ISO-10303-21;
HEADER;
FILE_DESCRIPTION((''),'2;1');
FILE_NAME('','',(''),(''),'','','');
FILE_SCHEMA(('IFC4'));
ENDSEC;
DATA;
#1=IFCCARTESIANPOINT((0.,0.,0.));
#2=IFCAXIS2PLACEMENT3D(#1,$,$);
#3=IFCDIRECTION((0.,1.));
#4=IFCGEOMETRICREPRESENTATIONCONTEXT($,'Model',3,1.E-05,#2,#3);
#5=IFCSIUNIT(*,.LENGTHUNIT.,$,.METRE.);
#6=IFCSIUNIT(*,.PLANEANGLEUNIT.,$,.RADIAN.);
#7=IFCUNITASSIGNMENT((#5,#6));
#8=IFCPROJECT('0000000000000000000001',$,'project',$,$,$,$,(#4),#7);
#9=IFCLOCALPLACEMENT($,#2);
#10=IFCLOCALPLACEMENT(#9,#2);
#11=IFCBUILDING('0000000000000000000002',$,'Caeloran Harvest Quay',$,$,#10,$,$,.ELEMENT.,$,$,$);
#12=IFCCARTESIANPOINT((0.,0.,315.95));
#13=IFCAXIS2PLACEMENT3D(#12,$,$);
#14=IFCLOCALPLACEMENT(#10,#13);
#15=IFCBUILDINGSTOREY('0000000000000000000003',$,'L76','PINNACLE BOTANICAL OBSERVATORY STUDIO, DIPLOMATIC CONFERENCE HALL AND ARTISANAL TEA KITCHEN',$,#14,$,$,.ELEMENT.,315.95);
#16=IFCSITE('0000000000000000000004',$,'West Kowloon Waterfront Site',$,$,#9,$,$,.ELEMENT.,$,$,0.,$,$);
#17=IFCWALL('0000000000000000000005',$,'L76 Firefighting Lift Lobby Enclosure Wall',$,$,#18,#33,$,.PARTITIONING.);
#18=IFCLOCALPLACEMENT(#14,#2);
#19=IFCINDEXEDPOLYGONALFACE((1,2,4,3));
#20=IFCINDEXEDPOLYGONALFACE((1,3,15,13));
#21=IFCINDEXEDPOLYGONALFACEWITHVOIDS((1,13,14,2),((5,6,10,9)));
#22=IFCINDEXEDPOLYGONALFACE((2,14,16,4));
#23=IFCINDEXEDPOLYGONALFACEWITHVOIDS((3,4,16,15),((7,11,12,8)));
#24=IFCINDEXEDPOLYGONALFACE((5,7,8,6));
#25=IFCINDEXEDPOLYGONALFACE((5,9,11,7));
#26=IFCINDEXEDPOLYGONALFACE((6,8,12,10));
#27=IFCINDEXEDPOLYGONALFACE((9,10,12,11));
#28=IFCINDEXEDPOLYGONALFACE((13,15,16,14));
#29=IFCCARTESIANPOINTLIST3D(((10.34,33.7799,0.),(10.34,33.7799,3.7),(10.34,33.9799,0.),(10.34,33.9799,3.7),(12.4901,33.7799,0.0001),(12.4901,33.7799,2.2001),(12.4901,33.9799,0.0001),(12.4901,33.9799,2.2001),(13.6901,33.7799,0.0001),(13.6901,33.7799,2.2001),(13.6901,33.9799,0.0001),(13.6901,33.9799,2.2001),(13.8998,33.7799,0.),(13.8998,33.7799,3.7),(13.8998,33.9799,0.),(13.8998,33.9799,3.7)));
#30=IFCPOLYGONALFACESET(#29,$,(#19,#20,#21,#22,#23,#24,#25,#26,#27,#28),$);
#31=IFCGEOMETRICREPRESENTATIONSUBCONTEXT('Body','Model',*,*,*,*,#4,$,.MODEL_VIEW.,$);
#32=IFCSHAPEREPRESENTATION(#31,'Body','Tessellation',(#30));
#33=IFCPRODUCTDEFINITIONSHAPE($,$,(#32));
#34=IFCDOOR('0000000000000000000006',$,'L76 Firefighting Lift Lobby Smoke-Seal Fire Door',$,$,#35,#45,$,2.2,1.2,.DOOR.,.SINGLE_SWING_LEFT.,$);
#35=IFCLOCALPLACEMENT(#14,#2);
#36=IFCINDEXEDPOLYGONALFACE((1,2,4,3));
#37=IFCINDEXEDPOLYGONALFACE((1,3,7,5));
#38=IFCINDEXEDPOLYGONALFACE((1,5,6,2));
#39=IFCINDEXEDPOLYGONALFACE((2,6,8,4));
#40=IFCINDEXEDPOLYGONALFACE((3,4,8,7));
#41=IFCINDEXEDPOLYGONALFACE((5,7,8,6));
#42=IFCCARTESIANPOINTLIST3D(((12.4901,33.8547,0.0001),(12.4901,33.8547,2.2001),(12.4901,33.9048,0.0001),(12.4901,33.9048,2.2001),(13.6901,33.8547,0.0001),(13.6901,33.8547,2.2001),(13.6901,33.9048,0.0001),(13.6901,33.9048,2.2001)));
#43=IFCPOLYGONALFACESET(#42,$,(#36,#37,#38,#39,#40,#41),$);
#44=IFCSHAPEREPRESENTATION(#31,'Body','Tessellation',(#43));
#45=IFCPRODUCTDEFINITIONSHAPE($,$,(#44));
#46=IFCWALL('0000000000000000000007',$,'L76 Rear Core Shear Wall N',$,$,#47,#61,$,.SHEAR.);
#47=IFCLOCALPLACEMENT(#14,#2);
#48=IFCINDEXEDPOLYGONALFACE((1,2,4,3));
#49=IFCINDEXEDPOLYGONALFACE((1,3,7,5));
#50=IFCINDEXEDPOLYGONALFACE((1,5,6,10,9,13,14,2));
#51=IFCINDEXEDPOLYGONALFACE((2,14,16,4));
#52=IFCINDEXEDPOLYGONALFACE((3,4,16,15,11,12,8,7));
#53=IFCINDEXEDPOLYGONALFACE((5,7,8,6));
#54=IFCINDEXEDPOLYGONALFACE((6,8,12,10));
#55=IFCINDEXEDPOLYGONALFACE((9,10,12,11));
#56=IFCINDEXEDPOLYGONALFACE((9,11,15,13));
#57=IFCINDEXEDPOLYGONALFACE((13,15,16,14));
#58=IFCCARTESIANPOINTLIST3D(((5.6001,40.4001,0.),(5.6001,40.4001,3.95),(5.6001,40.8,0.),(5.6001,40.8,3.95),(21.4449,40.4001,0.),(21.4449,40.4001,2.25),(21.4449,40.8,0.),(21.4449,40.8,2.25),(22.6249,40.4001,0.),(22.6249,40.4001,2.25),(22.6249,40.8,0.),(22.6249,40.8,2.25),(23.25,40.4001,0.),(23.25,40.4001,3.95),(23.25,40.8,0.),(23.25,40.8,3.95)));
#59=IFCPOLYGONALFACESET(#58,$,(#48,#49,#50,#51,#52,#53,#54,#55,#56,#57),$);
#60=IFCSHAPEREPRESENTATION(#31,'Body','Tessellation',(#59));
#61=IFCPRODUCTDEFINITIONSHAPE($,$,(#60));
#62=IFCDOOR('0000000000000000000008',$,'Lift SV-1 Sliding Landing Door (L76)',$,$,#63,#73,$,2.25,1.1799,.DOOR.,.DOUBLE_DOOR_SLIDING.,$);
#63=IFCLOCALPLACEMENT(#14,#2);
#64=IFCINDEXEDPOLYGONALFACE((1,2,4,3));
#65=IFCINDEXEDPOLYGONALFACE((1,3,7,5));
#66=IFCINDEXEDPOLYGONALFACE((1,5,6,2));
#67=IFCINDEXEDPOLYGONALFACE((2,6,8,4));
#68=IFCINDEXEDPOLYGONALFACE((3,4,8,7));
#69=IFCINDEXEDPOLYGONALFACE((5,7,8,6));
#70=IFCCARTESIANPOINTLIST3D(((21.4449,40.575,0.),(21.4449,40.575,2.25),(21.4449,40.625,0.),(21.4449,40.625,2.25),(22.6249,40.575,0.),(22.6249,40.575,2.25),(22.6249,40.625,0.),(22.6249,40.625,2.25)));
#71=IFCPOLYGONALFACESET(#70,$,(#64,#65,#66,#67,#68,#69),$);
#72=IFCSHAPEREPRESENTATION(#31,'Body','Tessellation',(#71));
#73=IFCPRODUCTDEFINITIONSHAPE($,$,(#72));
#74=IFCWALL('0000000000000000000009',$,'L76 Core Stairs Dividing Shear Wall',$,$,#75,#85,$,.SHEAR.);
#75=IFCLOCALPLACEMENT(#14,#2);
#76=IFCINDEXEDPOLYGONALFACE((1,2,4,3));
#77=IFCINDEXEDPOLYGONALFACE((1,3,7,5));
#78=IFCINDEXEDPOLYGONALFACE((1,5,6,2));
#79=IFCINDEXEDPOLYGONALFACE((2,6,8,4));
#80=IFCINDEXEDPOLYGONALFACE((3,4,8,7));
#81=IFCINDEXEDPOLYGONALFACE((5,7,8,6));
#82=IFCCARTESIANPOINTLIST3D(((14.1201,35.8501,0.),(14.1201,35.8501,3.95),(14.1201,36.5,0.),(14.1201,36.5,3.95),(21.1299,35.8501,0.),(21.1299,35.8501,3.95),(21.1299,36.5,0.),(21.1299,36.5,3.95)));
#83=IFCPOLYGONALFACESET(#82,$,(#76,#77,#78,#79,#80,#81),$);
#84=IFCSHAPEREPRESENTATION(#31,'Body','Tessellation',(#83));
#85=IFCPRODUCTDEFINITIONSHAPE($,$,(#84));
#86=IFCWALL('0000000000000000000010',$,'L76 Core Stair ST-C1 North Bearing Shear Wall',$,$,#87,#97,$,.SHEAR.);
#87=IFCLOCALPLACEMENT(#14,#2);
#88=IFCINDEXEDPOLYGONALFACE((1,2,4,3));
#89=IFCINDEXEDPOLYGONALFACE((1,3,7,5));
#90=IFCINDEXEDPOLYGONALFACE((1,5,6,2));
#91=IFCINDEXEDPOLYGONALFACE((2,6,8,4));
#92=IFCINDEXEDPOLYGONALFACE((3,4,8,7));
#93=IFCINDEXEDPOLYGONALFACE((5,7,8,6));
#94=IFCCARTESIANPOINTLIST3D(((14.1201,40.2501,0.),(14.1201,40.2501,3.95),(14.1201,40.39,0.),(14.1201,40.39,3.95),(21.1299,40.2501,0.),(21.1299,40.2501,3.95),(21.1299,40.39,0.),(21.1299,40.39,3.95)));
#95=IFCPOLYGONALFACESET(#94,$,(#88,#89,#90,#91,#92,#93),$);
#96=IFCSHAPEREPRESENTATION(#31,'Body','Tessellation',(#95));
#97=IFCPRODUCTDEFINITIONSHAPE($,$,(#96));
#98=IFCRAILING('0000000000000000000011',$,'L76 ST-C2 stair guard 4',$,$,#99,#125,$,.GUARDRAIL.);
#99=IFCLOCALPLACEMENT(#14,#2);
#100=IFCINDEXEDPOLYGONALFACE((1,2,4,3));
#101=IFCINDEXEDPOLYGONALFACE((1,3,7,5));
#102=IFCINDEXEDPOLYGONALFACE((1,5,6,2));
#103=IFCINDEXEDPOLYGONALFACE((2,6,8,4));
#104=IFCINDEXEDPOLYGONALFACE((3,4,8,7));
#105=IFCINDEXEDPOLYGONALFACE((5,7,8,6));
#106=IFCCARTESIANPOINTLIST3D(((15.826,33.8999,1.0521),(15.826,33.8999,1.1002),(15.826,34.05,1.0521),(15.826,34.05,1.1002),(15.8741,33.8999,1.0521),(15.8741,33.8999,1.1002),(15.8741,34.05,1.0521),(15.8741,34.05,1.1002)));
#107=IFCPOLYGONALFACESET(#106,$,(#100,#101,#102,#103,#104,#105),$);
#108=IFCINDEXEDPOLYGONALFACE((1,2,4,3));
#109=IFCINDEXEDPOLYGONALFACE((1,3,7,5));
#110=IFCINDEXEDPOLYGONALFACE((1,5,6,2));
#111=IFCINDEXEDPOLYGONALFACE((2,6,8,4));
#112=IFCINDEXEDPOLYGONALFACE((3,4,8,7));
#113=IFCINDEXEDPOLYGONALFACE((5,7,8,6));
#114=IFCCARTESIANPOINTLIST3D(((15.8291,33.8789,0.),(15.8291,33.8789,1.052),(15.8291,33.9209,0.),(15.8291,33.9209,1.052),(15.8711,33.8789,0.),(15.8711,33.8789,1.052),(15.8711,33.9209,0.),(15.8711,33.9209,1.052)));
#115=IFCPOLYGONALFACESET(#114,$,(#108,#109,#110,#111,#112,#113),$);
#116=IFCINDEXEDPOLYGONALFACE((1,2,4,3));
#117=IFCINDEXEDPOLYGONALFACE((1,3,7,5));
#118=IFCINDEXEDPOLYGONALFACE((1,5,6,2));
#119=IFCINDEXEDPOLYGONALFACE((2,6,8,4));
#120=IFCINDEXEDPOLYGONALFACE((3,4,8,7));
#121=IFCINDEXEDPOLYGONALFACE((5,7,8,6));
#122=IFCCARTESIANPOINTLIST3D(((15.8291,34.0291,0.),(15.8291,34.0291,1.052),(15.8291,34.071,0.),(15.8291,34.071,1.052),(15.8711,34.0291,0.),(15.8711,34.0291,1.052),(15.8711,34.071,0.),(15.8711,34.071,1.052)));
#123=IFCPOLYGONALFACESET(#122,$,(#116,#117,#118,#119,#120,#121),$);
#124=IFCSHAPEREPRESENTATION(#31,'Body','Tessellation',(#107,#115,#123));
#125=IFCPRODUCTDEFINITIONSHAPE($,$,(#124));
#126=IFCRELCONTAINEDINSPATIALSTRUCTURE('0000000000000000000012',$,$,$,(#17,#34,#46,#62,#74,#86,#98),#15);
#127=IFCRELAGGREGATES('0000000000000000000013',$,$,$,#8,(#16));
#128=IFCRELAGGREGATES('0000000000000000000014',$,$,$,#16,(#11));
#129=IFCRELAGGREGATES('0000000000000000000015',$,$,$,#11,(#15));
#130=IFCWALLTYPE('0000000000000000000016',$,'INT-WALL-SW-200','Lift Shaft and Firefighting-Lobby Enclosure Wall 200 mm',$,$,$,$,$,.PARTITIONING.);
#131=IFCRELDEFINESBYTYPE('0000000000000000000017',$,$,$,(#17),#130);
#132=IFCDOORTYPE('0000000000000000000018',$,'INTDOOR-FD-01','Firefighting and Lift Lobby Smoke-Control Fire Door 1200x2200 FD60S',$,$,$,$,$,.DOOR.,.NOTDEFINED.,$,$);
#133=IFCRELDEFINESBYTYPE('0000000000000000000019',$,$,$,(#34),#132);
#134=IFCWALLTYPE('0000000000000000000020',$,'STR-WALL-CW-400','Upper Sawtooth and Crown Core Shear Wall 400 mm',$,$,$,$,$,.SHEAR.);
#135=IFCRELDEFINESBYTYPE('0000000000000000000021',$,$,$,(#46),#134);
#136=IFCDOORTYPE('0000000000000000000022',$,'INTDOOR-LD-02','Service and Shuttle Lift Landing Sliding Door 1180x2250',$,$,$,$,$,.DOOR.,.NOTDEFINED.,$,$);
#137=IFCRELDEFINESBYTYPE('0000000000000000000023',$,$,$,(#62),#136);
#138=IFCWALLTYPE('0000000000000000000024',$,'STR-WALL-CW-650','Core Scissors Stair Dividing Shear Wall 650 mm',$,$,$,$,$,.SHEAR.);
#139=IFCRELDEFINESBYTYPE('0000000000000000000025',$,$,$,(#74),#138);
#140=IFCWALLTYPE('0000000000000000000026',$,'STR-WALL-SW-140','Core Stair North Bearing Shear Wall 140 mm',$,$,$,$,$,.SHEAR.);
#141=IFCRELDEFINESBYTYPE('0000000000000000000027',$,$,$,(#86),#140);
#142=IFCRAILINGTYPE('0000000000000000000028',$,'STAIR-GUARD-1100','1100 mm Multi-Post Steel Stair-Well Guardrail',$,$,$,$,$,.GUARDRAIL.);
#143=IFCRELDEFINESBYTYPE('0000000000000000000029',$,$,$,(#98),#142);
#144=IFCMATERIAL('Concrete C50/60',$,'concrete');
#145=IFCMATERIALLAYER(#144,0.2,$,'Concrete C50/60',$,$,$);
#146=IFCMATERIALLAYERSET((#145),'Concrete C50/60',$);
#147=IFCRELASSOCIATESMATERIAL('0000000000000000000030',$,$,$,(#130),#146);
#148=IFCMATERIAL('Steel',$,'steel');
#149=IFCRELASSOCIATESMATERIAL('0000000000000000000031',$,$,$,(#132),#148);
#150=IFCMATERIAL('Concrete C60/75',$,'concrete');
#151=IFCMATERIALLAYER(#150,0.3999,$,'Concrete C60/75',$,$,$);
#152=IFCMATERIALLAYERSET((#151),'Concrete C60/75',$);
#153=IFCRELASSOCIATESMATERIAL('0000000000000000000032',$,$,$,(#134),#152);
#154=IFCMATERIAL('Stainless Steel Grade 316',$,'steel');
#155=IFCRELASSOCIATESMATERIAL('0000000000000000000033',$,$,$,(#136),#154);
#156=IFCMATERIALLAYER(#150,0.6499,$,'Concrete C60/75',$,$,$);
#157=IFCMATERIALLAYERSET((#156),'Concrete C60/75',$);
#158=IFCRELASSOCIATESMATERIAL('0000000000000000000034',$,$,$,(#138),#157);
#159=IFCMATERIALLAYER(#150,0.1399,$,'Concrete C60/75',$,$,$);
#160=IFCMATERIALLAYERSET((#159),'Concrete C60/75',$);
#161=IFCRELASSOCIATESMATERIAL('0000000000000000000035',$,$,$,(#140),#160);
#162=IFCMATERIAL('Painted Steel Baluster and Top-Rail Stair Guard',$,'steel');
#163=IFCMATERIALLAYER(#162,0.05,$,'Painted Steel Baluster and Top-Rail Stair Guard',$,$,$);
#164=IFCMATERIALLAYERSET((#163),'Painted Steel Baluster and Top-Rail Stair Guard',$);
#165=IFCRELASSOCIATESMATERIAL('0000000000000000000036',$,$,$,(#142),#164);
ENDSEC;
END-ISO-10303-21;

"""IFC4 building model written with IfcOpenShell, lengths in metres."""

from ifc_helpers import new_model, si_unit, direction, frame, frame_2d, origin, origin_2d, place, context, subcontext, project, spatial, rectangle, extrude, material, layer, layer_set, type_object, element, fill, save


model = new_model("IFC4")

# Units and contexts
model_context = context("Model", 3, precision=1e-05, world=origin(), true_north=direction((0.0, 1.0)))
body_context = subcontext(model_context, "Body", "Model", "MODEL_VIEW")
ifc_project = project(units=[si_unit("LENGTHUNIT", "METRE"), si_unit("PLANEANGLEUNIT", "RADIAN")], contexts=[model_context])

# Site, building, storey
site_placement = place(None, origin())
site = spatial("IfcSite", under=ifc_project, at=site_placement, Name="West Kowloon Waterfront Site", CompositionType="ELEMENT", RefElevation=0.0)
building_placement = place(site_placement, origin())
building = spatial("IfcBuilding", under=site, at=building_placement, Name="Caeloran Harvest Quay", CompositionType="ELEMENT")
storey_placement = place(building_placement, frame((0.0, 0.0, 315.95)))
storey = spatial("IfcBuildingStorey", under=building, at=storey_placement, Name="L76", Description="PINNACLE BOTANICAL OBSERVATORY STUDIO, DIPLOMATIC CONFERENCE HALL AND ARTISANAL TEA KITCHEN", CompositionType="ELEMENT", Elevation=315.95)

# Shared definitions
ifc_material_1 = material(Name="Concrete C50/60", Category="concrete")
ifc_layer_1 = layer(ifc_material_1, 0.2, Name="Concrete C50/60")
ifc_layer_set_1 = layer_set([ifc_layer_1], Name="Concrete C50/60")
wall_type_1 = type_object("IfcWallType", Name="INT-WALL-SW-200", Description="Lift Shaft and Firefighting-Lobby Enclosure Wall 200 mm", PredefinedType="PARTITIONING", material=ifc_layer_set_1)

# Shared definitions
ifc_material_2 = material(Name="Stainless Steel Grade 316", Category="steel")

# Walls, openings, doors
wall_1_placement = place(storey_placement, frame((10.3401, 33.8799, 0.0), z_axis=(0.0, 0.0, 1.0), x_axis=(1.0, 0.0, 0.0)))
wall_1 = element("IfcWall", 1, at=wall_1_placement, inside=storey, type_object=wall_type_1, Name="L76 Firefighting Lift Lobby Enclosure Wall", PredefinedType="PARTITIONING", context=body_context, shape_type="SweptSolid", body=[
    extrude(rectangle(XDim=3.5598, YDim=0.2, at=frame_2d((1.7798, 0.0))), origin(), (0.0, 0.0, 1.0), 3.7),
])
opening_1_placement = place(wall_1_placement, frame((2.1499, 0.0, 0.0)))
opening_1 = element("IfcOpeningElement", 2, at=opening_1_placement, cuts=wall_1, PredefinedType="OPENING", context=body_context, shape_type="SweptSolid", body=[
    extrude(rectangle(XDim=1.2, YDim=2.2, at=frame_2d((0.6001, 1.1001))), frame((0.0, 0.1099, 0.0), z_axis=(0.0, -1.0, 0.0), x_axis=(1.0, 0.0, 0.0)), (0.0, 0.0, 1.0), 0.22),
])
ifc_material_3 = material(Name="Steel", Category="steel")
door_type_1 = type_object("IfcDoorType", Name="INTDOOR-FD-01", Description="Firefighting and Lift Lobby Smoke-Control Fire Door 1200x2200 FD60S", OperationType="NOTDEFINED", PredefinedType="DOOR", material=ifc_material_3)
door_1_placement = place(opening_1_placement, origin())
door_1 = element("IfcDoor", 3, at=door_1_placement, inside=storey, type_object=door_type_1, Name="L76 Firefighting Lift Lobby Smoke-Seal Fire Door", OperationType="SINGLE_SWING_LEFT", OverallHeight=2.2, OverallWidth=1.2, PredefinedType="DOOR", context=body_context, shape_type="SweptSolid", body=[
    extrude(rectangle(XDim=1.2, YDim=2.2, at=frame_2d((0.6001, 1.1001))), frame((0.0, 0.0249, 0.0), z_axis=(0.0, -1.0, 0.0), x_axis=(1.0, 0.0, 0.0)), (0.0, 0.0, 1.0), 0.05),
])
fill(opening_1, door_1)
ifc_material_4 = material(Name="Concrete C60/75", Category="concrete")
ifc_layer_2 = layer(ifc_material_4, 0.3999, Name="Concrete C60/75")
ifc_layer_set_2 = layer_set([ifc_layer_2], Name="Concrete C60/75")
wall_type_2 = type_object("IfcWallType", Name="STR-WALL-CW-400", Description="Upper Sawtooth and Crown Core Shear Wall 400 mm", PredefinedType="SHEAR", material=ifc_layer_set_2)
wall_2_placement = place(storey_placement, frame((5.6001, 40.6001, 0.0), z_axis=(0.0, 0.0, 1.0), x_axis=(1.0, 0.0, 0.0)))
wall_2 = element("IfcWall", 4, at=wall_2_placement, inside=storey, type_object=wall_type_2, Name="L76 Rear Core Shear Wall N", PredefinedType="SHEAR", context=body_context, shape_type="SweptSolid", body=[
    extrude(rectangle(XDim=17.6499, YDim=0.3999, at=frame_2d((8.825, 0.0))), origin(), (0.0, 0.0, 1.0), 3.95),
])
opening_2_placement = place(wall_2_placement, frame((15.845, 0.0, 0.0)))
opening_2 = element("IfcOpeningElement", 5, at=opening_2_placement, cuts=wall_2, PredefinedType="OPENING", context=body_context, shape_type="SweptSolid", body=[
    extrude(rectangle(XDim=1.1799, YDim=2.25, at=frame_2d((0.5898, 1.125))), frame((0.0, 0.21, 0.0), z_axis=(0.0, -1.0, 0.0), x_axis=(1.0, 0.0, 0.0)), (0.0, 0.0, 1.0), 0.4199),
])
door_type_2 = type_object("IfcDoorType", Name="INTDOOR-LD-02", Description="Service and Shuttle Lift Landing Sliding Door 1180x2250", OperationType="NOTDEFINED", PredefinedType="DOOR", material=ifc_material_2)
door_2_placement = place(opening_2_placement, origin())
door_2 = element("IfcDoor", 6, at=door_2_placement, inside=storey, type_object=door_type_2, Name="Lift SV-1 Sliding Landing Door (L76)", OperationType="DOUBLE_DOOR_SLIDING", OverallHeight=2.25, OverallWidth=1.1799, PredefinedType="DOOR", context=body_context, shape_type="SweptSolid", body=[
    extrude(rectangle(XDim=1.1799, YDim=2.25, at=frame_2d((0.5898, 1.125))), frame((0.0, 0.0249, 0.0), z_axis=(0.0, -1.0, 0.0), x_axis=(1.0, 0.0, 0.0)), (0.0, 0.0, 1.0), 0.05),
])
fill(opening_2, door_2)

# Walls
ifc_layer_3 = layer(ifc_material_4, 0.6499, Name="Concrete C60/75")
ifc_layer_set_3 = layer_set([ifc_layer_3], Name="Concrete C60/75")
wall_type_3 = type_object("IfcWallType", Name="STR-WALL-CW-650", Description="Core Scissors Stair Dividing Shear Wall 650 mm", PredefinedType="SHEAR", material=ifc_layer_set_3)
wall_3_placement = place(storey_placement, frame((14.1201, 36.175, 0.0), z_axis=(0.0, 0.0, 1.0), x_axis=(1.0, 0.0, 0.0)))
element("IfcWall", 7, at=wall_3_placement, inside=storey, type_object=wall_type_3, Name="L76 Core Stairs Dividing Shear Wall", PredefinedType="SHEAR", context=body_context, shape_type="SweptSolid", body=[
    extrude(rectangle(XDim=7.0098, YDim=0.6499, at=frame_2d((3.5049, 0.0))), origin(), (0.0, 0.0, 1.0), 3.95),
])
ifc_layer_4 = layer(ifc_material_4, 0.1399, Name="Concrete C60/75")
ifc_layer_set_4 = layer_set([ifc_layer_4], Name="Concrete C60/75")
wall_type_4 = type_object("IfcWallType", Name="STR-WALL-SW-140", Description="Core Stair North Bearing Shear Wall 140 mm", PredefinedType="SHEAR", material=ifc_layer_set_4)
wall_4_placement = place(storey_placement, frame((14.1201, 40.3201, 0.0), z_axis=(0.0, 0.0, 1.0), x_axis=(1.0, 0.0, 0.0)))
element("IfcWall", 8, at=wall_4_placement, inside=storey, type_object=wall_type_4, Name="L76 Core Stair ST-C1 North Bearing Shear Wall", PredefinedType="SHEAR", context=body_context, shape_type="SweptSolid", body=[
    extrude(rectangle(XDim=7.0098, YDim=0.1399, at=frame_2d((3.5049, 0.0))), origin(), (0.0, 0.0, 1.0), 3.95),
])

# Railing
ifc_material_5 = material(Name="Painted Steel Baluster and Top-Rail Stair Guard", Category="steel")
ifc_layer_5 = layer(ifc_material_5, 0.05, Name="Painted Steel Baluster and Top-Rail Stair Guard")
ifc_layer_set_5 = layer_set([ifc_layer_5], Name="Painted Steel Baluster and Top-Rail Stair Guard")
railing_type = type_object("IfcRailingType", Name="STAIR-GUARD-1100", Description="1100 mm Multi-Post Steel Stair-Well Guardrail", PredefinedType="GUARDRAIL", material=ifc_layer_set_5)
railing_placement = place(storey_placement, frame((15.8501, 33.8999, 0.0)))
element("IfcRailing", 9, at=railing_placement, inside=storey, type_object=railing_type, Name="L76 ST-C2 stair guard 4", PredefinedType="GUARDRAIL", context=body_context, shape_type="SweptSolid", body=[
    extrude(rectangle(XDim=0.0481, YDim=0.0481, at=origin_2d()), frame((0.0, 0.0, 1.0762), z_axis=(0.0, 1.0, 0.0), x_axis=(-1.0, 0.0, 0.0)), (0.0, 0.0, 1.0), 0.1501),
    extrude(rectangle(XDim=0.042, YDim=0.042, at=origin_2d()), origin(), (0.0, 0.0, 1.0), 1.052),
    extrude(rectangle(XDim=0.042, YDim=0.042, at=origin_2d()), frame((0.0, 0.1501, 0.0)), (0.0, 0.0, 1.0), 1.052),
])

save(model, "model.ifc")
